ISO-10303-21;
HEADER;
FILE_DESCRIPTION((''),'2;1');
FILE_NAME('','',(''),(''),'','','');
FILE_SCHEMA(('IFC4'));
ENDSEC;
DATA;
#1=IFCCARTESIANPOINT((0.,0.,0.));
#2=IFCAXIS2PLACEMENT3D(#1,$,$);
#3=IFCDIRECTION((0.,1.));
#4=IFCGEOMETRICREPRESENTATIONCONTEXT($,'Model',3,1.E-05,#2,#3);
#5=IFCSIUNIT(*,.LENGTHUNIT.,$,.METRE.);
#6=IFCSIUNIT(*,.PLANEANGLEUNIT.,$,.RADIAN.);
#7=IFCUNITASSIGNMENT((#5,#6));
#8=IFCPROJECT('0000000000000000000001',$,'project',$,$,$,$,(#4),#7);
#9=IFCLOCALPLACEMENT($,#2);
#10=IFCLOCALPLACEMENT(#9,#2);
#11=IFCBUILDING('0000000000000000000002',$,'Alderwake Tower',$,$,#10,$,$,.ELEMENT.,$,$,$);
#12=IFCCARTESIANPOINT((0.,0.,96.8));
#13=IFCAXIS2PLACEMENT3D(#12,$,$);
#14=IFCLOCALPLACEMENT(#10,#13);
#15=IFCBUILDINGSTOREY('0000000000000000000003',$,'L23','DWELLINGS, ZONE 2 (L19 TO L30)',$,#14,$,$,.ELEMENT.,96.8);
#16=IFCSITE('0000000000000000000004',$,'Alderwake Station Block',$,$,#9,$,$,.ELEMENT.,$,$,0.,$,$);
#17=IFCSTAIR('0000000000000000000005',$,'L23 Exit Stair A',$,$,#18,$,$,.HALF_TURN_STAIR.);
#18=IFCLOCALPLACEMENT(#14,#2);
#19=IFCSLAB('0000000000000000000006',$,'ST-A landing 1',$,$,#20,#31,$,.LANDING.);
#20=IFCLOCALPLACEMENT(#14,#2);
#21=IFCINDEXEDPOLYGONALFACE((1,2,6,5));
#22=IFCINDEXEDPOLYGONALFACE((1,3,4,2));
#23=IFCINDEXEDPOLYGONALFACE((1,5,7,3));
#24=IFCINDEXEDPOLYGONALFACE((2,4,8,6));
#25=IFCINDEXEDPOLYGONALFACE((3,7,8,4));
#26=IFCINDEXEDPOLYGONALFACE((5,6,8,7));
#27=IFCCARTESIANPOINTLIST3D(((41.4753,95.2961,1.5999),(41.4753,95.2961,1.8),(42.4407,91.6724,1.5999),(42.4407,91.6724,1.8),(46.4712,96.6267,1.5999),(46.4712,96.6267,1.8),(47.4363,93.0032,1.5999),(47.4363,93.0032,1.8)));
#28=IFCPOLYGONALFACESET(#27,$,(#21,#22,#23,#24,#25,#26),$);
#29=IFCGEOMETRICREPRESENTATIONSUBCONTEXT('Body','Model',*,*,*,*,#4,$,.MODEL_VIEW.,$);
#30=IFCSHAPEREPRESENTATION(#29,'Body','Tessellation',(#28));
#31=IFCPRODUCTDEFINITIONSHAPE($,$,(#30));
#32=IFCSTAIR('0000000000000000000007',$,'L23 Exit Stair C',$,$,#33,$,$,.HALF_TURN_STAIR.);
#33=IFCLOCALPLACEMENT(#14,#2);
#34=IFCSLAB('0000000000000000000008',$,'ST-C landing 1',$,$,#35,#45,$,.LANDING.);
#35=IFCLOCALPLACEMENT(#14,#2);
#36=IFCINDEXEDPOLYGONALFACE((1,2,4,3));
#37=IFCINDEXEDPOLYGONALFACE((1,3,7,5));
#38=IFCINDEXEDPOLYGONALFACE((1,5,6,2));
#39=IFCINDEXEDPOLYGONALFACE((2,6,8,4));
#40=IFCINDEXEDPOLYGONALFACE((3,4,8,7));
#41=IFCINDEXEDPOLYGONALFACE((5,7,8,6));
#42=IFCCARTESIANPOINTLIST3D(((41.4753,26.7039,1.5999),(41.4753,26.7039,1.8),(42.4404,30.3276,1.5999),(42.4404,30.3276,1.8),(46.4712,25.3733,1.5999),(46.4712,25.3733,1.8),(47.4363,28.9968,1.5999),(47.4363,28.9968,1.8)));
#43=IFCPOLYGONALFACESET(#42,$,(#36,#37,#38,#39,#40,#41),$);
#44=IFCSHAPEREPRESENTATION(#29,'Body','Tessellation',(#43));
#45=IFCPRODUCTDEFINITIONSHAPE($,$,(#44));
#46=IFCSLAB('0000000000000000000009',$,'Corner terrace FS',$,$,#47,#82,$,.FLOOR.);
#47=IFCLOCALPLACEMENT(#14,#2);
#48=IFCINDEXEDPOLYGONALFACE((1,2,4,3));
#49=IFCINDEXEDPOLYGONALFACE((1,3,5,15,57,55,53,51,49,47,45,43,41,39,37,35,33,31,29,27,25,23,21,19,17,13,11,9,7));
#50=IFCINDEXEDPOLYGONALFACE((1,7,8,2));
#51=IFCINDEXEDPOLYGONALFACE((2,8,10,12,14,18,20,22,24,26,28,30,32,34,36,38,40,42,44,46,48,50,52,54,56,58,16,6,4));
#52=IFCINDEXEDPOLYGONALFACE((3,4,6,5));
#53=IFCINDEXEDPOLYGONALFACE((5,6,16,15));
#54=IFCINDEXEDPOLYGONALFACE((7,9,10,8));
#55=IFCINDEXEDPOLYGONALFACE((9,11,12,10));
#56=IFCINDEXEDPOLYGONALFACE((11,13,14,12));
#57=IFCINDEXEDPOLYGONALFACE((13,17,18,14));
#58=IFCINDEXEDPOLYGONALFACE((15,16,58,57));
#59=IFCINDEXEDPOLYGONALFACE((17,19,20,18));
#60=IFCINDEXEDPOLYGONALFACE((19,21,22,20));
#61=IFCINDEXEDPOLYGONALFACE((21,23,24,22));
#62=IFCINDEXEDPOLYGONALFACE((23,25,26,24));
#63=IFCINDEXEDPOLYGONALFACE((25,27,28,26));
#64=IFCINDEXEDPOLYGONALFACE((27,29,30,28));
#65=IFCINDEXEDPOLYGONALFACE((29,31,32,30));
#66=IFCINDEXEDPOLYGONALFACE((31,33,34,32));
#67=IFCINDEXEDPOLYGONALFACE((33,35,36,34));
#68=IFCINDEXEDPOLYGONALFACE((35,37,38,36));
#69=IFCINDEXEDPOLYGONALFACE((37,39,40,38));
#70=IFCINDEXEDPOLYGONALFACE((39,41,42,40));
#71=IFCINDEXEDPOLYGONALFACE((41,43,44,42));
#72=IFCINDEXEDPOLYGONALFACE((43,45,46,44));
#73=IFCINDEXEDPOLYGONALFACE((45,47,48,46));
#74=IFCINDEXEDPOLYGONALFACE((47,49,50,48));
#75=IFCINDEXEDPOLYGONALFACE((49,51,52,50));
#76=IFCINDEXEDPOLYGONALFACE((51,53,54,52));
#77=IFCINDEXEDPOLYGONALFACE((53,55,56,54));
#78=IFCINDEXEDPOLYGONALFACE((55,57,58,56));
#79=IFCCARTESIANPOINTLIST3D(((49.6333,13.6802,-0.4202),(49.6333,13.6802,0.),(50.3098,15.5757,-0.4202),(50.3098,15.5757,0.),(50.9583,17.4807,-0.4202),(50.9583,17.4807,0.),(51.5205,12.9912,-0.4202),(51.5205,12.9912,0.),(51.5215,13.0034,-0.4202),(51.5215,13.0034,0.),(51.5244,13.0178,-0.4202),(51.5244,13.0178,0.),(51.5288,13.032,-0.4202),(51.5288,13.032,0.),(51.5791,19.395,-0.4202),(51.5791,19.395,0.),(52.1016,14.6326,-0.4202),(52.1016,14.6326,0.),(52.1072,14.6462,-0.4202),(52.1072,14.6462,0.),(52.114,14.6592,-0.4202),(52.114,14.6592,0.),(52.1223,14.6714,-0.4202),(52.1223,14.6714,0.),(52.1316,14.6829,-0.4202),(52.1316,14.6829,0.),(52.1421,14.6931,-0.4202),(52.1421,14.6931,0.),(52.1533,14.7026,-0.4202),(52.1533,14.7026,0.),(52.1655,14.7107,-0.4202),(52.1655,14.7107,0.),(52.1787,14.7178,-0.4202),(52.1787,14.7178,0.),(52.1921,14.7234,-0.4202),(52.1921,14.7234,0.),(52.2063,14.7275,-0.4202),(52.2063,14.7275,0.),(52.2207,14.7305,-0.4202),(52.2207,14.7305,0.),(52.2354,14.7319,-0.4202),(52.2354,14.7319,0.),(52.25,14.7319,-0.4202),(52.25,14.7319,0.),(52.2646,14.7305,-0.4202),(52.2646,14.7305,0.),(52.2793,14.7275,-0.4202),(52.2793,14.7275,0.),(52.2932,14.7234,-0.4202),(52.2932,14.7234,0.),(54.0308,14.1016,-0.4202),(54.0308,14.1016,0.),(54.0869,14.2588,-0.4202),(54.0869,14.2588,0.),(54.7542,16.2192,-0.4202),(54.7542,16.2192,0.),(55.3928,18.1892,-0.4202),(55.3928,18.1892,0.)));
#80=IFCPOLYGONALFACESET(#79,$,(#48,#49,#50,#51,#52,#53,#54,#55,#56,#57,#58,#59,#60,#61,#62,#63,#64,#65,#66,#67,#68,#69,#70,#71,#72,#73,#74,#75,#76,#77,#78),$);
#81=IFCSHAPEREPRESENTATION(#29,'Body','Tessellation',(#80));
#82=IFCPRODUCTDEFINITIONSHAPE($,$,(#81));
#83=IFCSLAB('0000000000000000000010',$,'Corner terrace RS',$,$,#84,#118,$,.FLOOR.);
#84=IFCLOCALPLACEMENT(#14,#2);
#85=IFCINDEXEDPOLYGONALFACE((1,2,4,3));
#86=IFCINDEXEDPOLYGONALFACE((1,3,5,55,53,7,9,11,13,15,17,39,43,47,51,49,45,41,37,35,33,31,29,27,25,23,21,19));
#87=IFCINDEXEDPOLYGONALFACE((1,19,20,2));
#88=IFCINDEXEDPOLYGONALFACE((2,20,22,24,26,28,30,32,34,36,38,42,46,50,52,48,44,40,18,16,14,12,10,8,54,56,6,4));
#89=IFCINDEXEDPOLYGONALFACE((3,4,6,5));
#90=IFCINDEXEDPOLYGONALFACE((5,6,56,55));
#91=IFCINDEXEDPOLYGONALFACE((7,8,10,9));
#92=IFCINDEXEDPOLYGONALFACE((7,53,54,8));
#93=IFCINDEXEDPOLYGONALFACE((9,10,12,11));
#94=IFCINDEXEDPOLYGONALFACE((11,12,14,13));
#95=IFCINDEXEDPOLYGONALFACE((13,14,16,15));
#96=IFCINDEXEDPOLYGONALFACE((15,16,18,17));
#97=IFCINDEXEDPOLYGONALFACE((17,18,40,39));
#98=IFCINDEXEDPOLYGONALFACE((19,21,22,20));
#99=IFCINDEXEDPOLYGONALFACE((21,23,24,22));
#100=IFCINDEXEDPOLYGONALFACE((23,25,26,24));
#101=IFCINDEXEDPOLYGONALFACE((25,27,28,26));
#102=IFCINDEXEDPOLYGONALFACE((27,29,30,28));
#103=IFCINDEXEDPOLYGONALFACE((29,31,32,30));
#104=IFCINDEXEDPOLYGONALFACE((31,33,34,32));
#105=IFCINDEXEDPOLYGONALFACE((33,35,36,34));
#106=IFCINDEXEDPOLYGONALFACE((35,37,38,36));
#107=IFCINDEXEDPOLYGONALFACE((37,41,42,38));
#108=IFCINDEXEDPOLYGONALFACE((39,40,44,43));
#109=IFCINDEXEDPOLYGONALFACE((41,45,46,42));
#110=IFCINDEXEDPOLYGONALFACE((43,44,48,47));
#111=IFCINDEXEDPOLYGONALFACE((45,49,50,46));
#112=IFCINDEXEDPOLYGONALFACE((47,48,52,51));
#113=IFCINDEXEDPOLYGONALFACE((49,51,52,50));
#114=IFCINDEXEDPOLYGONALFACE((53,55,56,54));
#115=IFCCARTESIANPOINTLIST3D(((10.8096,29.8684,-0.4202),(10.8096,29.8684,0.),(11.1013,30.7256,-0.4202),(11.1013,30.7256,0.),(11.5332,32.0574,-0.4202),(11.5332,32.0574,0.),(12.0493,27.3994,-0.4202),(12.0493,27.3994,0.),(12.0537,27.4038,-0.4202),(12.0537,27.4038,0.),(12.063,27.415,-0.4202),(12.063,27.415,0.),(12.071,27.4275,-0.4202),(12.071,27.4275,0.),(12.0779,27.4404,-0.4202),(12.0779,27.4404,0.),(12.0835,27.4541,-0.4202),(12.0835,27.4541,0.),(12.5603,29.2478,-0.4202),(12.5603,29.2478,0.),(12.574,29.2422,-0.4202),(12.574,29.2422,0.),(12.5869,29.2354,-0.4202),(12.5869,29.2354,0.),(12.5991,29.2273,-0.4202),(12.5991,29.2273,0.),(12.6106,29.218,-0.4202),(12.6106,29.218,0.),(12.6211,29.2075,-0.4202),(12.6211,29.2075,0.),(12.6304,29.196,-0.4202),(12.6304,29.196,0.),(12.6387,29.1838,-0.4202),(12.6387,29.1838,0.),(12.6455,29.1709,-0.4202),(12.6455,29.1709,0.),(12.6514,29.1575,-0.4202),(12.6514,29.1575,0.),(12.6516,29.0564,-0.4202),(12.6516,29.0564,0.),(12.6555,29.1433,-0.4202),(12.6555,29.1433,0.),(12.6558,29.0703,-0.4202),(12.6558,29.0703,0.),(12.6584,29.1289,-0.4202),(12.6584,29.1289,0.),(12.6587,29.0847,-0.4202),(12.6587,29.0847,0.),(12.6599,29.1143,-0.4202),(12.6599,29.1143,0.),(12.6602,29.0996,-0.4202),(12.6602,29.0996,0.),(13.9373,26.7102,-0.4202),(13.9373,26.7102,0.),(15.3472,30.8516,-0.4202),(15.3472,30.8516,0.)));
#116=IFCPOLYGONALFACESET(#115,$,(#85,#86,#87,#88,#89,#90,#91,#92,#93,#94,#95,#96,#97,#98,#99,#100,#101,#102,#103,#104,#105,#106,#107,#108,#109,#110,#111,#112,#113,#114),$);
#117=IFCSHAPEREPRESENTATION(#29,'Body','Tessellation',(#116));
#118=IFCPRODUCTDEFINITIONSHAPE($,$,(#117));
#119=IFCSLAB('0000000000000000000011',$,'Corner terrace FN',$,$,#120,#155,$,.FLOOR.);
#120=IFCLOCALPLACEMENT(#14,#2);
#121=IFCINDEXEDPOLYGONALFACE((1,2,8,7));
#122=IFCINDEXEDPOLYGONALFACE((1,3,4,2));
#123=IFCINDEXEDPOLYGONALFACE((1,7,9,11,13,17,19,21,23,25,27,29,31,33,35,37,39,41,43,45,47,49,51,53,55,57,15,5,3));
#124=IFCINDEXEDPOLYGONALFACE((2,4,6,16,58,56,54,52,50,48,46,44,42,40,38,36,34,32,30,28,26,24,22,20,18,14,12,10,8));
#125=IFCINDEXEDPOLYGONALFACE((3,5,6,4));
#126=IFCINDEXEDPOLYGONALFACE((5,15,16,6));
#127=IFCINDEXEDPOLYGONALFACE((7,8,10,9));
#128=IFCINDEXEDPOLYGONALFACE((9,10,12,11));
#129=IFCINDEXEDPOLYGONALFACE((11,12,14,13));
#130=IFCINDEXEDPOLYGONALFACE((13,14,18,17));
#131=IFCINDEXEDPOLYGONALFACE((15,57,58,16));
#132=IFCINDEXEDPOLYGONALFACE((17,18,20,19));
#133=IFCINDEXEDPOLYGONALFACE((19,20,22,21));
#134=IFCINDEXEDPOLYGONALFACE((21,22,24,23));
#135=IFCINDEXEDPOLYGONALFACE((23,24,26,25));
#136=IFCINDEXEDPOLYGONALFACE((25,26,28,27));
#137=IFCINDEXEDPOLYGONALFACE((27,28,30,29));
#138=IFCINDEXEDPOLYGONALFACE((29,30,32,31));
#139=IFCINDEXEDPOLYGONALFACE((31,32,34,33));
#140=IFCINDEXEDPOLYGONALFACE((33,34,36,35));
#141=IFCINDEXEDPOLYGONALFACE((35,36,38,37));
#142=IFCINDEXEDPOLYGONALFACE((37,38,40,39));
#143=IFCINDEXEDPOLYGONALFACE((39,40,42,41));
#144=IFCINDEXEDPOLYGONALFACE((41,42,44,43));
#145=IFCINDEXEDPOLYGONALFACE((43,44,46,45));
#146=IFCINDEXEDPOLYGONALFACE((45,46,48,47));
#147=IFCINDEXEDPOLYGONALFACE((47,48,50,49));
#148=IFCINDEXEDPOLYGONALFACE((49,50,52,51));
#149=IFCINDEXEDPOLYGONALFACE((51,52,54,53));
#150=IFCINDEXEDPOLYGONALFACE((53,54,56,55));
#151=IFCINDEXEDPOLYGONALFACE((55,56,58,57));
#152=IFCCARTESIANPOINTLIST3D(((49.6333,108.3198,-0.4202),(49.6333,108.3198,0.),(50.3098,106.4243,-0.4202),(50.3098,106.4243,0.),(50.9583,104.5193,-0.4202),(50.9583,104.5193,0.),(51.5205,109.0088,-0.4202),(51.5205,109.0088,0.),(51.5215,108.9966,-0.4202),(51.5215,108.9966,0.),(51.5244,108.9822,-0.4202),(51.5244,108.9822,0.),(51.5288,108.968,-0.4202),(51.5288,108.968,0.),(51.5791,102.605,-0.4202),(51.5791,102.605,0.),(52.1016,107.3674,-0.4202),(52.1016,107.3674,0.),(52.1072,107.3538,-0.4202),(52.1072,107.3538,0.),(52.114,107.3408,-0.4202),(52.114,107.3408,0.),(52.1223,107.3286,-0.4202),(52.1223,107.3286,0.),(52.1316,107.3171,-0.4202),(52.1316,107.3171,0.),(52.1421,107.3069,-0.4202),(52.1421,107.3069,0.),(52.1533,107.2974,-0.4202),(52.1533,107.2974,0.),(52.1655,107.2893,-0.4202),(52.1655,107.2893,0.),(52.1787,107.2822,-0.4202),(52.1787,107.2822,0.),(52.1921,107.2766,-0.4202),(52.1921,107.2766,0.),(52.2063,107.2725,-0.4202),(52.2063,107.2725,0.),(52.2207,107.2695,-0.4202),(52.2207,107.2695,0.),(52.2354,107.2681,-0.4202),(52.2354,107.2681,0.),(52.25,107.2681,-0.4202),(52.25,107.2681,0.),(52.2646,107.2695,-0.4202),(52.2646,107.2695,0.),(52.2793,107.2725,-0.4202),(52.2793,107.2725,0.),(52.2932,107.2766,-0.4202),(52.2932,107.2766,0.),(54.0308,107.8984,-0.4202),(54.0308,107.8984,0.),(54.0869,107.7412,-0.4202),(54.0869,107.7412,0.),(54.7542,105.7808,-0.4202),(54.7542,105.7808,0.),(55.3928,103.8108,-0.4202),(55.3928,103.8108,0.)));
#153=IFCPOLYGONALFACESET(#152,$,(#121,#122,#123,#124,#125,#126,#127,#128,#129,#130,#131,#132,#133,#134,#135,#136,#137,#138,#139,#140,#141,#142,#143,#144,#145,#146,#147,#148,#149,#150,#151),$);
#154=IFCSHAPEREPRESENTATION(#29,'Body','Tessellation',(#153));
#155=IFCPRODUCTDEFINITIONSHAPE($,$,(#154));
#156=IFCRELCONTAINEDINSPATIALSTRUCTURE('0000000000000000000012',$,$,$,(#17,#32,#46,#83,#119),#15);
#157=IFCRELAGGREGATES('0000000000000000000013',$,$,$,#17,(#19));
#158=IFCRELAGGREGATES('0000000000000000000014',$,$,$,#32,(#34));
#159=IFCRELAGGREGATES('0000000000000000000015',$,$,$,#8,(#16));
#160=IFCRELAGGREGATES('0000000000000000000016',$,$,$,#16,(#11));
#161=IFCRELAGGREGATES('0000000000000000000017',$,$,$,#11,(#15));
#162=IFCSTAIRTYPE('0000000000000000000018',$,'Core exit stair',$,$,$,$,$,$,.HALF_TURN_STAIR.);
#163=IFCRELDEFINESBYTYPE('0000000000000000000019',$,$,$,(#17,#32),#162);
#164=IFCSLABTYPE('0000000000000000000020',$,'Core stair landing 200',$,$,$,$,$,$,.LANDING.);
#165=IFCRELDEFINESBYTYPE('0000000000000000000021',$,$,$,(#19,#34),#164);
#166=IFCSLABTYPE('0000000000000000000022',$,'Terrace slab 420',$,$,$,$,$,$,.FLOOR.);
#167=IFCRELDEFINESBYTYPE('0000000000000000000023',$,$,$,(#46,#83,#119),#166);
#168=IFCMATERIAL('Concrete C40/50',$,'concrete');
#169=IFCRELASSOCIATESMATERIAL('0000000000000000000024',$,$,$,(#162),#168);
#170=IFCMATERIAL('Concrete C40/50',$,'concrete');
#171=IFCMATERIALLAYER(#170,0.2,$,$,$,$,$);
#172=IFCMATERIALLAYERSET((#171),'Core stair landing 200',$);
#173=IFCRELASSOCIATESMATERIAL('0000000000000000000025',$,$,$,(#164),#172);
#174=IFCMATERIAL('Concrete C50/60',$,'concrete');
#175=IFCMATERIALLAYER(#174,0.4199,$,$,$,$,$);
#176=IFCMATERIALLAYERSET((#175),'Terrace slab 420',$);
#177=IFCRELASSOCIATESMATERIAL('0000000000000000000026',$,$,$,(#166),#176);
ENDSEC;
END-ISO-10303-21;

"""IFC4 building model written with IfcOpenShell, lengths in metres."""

from ifc_helpers import new_model, si_unit, direction, frame, origin, place, context, subcontext, project, spatial, polyline, outline, extrude, material, layer, layer_set, type_object, element, aggregate, save


model = new_model("IFC4")

# Units and contexts
model_context = context("Model", 3, precision=1e-05, world=origin(), true_north=direction((0.0, 1.0)))
body_context = subcontext(model_context, "Body", "Model", "MODEL_VIEW")
ifc_project = project(units=[si_unit("LENGTHUNIT", "METRE"), si_unit("PLANEANGLEUNIT", "RADIAN")], contexts=[model_context])

# Site, building, storey
site_placement = place(None, origin())
site = spatial("IfcSite", under=ifc_project, at=site_placement, Name="Alderwake Station Block", CompositionType="ELEMENT", RefElevation=0.0)
building_placement = place(site_placement, origin())
building = spatial("IfcBuilding", under=site, at=building_placement, Name="Alderwake Tower", CompositionType="ELEMENT")
storey_placement = place(building_placement, frame((0.0, 0.0, 96.8)))
storey = spatial("IfcBuildingStorey", under=building, at=storey_placement, Name="L23", Description="DWELLINGS, ZONE 2 (L19 TO L30)", CompositionType="ELEMENT", Elevation=96.8)

# Stairs, slabs
ifc_material_1 = material(Name="Concrete C40/50", Category="concrete")
stair_type = type_object("IfcStairType", Name="Core exit stair", PredefinedType="HALF_TURN_STAIR", material=ifc_material_1)
ifc_material_2 = material(Name="Concrete C40/50", Category="concrete")
ifc_layer_1 = layer(ifc_material_2, 0.2)
ifc_layer_set_1 = layer_set([ifc_layer_1], Name="Core stair landing 200")
slab_type_1 = type_object("IfcSlabType", Name="Core stair landing 200", PredefinedType="LANDING", material=ifc_layer_set_1)
stair_1_placement = place(storey_placement, origin())
stair_1 = element("IfcStair", 1, at=stair_1_placement, inside=storey, type_object=stair_type, Name="L23 Exit Stair A", PredefinedType="HALF_TURN_STAIR")
slab_1_placement = place(storey_placement, frame((0.0, 0.0, 1.5999)))
slab_1 = element("IfcSlab", 2, at=slab_1_placement, type_object=slab_type_1, Name="ST-A landing 1", PredefinedType="LANDING", context=body_context, shape_type="SweptSolid", body=[
    extrude(outline(polyline([(42.4407, 91.6724), (47.4363, 93.0032), (46.4712, 96.6267), (41.4753, 95.2961), (42.4407, 91.6724)])), origin(), (0.0, 0.0, 1.0), 0.2002),
])
aggregate(stair_1, [slab_1])
stair_2_placement = place(storey_placement, origin())
stair_2 = element("IfcStair", 3, at=stair_2_placement, inside=storey, type_object=stair_type, Name="L23 Exit Stair C", PredefinedType="HALF_TURN_STAIR")
slab_2_placement = place(storey_placement, frame((0.0, 0.0, 1.5999)))
slab_2 = element("IfcSlab", 4, at=slab_2_placement, type_object=slab_type_1, Name="ST-C landing 1", PredefinedType="LANDING", context=body_context, shape_type="SweptSolid", body=[
    extrude(outline(polyline([(41.4753, 26.7039), (46.4712, 25.3733), (47.4363, 28.9968), (42.4404, 30.3276), (41.4753, 26.7039)])), origin(), (0.0, 0.0, 1.0), 0.2002),
])
aggregate(stair_2, [slab_2])

# Slabs
ifc_material_3 = material(Name="Concrete C50/60", Category="concrete")
ifc_layer_2 = layer(ifc_material_3, 0.4199)
ifc_layer_set_2 = layer_set([ifc_layer_2], Name="Terrace slab 420")
slab_type_2 = type_object("IfcSlabType", Name="Terrace slab 420", PredefinedType="FLOOR", material=ifc_layer_set_2)
slab_3_placement = place(storey_placement, frame((0.0, 0.0, -0.4202)))
element("IfcSlab", 5, at=slab_3_placement, inside=storey, type_object=slab_type_2, Name="Corner terrace FS", PredefinedType="FLOOR", context=body_context, shape_type="SweptSolid", body=[
    extrude(outline(polyline([(54.0869, 14.2588), (54.0308, 14.1016), (52.2932, 14.7234), (52.2793, 14.7275), (52.2646, 14.7305), (52.25, 14.7319), (52.2354, 14.7319), (52.2207, 14.7305), (52.2063, 14.7275), (52.1921, 14.7234), (52.1787, 14.7178), (52.1655, 14.7107), (52.1533, 14.7026), (52.1421, 14.6931), (52.1316, 14.6829), (52.1223, 14.6714), (52.114, 14.6592), (52.1072, 14.6462), (52.1016, 14.6326), (51.5288, 13.032), (51.5244, 13.0178), (51.5215, 13.0034), (51.5205, 12.9912), (49.6333, 13.6802), (50.3098, 15.5757), (50.9583, 17.4807), (51.5791, 19.395), (55.3928, 18.1892), (54.7542, 16.2192), (54.0869, 14.2588)])), origin(), (0.0, 0.0, 1.0), 0.4202),
])
slab_4_placement = place(storey_placement, frame((0.0, 0.0, -0.4202)))
element("IfcSlab", 6, at=slab_4_placement, inside=storey, type_object=slab_type_2, Name="Corner terrace RS", PredefinedType="FLOOR", context=body_context, shape_type="SweptSolid", body=[
    extrude(outline(polyline([(13.9373, 26.7102), (12.0493, 27.3994), (12.0537, 27.4038), (12.063, 27.415), (12.071, 27.4275), (12.0779, 27.4404), (12.0835, 27.4541), (12.6516, 29.0564), (12.6558, 29.0703), (12.6587, 29.0847), (12.6602, 29.0996), (12.6599, 29.1143), (12.6584, 29.1289), (12.6555, 29.1433), (12.6514, 29.1575), (12.6455, 29.1709), (12.6387, 29.1838), (12.6304, 29.196), (12.6211, 29.2075), (12.6106, 29.218), (12.5991, 29.2273), (12.5869, 29.2354), (12.574, 29.2422), (12.5603, 29.2478), (10.8096, 29.8684), (11.1013, 30.7256), (11.5332, 32.0574), (15.3472, 30.8516), (13.9373, 26.7102)])), origin(), (0.0, 0.0, 1.0), 0.4202),
])
slab_5_placement = place(storey_placement, frame((0.0, 0.0, -0.4202)))
element("IfcSlab", 7, at=slab_5_placement, inside=storey, type_object=slab_type_2, Name="Corner terrace FN", PredefinedType="FLOOR", context=body_context, shape_type="SweptSolid", body=[
    extrude(outline(polyline([(54.0869, 107.7412), (54.7542, 105.7808), (55.3928, 103.8108), (51.5791, 102.605), (50.9583, 104.5193), (50.3098, 106.4243), (49.6333, 108.3198), (51.5205, 109.0088), (51.5215, 108.9966), (51.5244, 108.9822), (51.5288, 108.968), (52.1016, 107.3674), (52.1072, 107.3538), (52.114, 107.3408), (52.1223, 107.3286), (52.1316, 107.3171), (52.1421, 107.3069), (52.1533, 107.2974), (52.1655, 107.2893), (52.1787, 107.2822), (52.1921, 107.2766), (52.2063, 107.2725), (52.2207, 107.2695), (52.2354, 107.2681), (52.25, 107.2681), (52.2646, 107.2695), (52.2793, 107.2725), (52.2932, 107.2766), (54.0308, 107.8984), (54.0869, 107.7412)])), origin(), (0.0, 0.0, 1.0), 0.4202),
])

save(model, "model.ifc")
